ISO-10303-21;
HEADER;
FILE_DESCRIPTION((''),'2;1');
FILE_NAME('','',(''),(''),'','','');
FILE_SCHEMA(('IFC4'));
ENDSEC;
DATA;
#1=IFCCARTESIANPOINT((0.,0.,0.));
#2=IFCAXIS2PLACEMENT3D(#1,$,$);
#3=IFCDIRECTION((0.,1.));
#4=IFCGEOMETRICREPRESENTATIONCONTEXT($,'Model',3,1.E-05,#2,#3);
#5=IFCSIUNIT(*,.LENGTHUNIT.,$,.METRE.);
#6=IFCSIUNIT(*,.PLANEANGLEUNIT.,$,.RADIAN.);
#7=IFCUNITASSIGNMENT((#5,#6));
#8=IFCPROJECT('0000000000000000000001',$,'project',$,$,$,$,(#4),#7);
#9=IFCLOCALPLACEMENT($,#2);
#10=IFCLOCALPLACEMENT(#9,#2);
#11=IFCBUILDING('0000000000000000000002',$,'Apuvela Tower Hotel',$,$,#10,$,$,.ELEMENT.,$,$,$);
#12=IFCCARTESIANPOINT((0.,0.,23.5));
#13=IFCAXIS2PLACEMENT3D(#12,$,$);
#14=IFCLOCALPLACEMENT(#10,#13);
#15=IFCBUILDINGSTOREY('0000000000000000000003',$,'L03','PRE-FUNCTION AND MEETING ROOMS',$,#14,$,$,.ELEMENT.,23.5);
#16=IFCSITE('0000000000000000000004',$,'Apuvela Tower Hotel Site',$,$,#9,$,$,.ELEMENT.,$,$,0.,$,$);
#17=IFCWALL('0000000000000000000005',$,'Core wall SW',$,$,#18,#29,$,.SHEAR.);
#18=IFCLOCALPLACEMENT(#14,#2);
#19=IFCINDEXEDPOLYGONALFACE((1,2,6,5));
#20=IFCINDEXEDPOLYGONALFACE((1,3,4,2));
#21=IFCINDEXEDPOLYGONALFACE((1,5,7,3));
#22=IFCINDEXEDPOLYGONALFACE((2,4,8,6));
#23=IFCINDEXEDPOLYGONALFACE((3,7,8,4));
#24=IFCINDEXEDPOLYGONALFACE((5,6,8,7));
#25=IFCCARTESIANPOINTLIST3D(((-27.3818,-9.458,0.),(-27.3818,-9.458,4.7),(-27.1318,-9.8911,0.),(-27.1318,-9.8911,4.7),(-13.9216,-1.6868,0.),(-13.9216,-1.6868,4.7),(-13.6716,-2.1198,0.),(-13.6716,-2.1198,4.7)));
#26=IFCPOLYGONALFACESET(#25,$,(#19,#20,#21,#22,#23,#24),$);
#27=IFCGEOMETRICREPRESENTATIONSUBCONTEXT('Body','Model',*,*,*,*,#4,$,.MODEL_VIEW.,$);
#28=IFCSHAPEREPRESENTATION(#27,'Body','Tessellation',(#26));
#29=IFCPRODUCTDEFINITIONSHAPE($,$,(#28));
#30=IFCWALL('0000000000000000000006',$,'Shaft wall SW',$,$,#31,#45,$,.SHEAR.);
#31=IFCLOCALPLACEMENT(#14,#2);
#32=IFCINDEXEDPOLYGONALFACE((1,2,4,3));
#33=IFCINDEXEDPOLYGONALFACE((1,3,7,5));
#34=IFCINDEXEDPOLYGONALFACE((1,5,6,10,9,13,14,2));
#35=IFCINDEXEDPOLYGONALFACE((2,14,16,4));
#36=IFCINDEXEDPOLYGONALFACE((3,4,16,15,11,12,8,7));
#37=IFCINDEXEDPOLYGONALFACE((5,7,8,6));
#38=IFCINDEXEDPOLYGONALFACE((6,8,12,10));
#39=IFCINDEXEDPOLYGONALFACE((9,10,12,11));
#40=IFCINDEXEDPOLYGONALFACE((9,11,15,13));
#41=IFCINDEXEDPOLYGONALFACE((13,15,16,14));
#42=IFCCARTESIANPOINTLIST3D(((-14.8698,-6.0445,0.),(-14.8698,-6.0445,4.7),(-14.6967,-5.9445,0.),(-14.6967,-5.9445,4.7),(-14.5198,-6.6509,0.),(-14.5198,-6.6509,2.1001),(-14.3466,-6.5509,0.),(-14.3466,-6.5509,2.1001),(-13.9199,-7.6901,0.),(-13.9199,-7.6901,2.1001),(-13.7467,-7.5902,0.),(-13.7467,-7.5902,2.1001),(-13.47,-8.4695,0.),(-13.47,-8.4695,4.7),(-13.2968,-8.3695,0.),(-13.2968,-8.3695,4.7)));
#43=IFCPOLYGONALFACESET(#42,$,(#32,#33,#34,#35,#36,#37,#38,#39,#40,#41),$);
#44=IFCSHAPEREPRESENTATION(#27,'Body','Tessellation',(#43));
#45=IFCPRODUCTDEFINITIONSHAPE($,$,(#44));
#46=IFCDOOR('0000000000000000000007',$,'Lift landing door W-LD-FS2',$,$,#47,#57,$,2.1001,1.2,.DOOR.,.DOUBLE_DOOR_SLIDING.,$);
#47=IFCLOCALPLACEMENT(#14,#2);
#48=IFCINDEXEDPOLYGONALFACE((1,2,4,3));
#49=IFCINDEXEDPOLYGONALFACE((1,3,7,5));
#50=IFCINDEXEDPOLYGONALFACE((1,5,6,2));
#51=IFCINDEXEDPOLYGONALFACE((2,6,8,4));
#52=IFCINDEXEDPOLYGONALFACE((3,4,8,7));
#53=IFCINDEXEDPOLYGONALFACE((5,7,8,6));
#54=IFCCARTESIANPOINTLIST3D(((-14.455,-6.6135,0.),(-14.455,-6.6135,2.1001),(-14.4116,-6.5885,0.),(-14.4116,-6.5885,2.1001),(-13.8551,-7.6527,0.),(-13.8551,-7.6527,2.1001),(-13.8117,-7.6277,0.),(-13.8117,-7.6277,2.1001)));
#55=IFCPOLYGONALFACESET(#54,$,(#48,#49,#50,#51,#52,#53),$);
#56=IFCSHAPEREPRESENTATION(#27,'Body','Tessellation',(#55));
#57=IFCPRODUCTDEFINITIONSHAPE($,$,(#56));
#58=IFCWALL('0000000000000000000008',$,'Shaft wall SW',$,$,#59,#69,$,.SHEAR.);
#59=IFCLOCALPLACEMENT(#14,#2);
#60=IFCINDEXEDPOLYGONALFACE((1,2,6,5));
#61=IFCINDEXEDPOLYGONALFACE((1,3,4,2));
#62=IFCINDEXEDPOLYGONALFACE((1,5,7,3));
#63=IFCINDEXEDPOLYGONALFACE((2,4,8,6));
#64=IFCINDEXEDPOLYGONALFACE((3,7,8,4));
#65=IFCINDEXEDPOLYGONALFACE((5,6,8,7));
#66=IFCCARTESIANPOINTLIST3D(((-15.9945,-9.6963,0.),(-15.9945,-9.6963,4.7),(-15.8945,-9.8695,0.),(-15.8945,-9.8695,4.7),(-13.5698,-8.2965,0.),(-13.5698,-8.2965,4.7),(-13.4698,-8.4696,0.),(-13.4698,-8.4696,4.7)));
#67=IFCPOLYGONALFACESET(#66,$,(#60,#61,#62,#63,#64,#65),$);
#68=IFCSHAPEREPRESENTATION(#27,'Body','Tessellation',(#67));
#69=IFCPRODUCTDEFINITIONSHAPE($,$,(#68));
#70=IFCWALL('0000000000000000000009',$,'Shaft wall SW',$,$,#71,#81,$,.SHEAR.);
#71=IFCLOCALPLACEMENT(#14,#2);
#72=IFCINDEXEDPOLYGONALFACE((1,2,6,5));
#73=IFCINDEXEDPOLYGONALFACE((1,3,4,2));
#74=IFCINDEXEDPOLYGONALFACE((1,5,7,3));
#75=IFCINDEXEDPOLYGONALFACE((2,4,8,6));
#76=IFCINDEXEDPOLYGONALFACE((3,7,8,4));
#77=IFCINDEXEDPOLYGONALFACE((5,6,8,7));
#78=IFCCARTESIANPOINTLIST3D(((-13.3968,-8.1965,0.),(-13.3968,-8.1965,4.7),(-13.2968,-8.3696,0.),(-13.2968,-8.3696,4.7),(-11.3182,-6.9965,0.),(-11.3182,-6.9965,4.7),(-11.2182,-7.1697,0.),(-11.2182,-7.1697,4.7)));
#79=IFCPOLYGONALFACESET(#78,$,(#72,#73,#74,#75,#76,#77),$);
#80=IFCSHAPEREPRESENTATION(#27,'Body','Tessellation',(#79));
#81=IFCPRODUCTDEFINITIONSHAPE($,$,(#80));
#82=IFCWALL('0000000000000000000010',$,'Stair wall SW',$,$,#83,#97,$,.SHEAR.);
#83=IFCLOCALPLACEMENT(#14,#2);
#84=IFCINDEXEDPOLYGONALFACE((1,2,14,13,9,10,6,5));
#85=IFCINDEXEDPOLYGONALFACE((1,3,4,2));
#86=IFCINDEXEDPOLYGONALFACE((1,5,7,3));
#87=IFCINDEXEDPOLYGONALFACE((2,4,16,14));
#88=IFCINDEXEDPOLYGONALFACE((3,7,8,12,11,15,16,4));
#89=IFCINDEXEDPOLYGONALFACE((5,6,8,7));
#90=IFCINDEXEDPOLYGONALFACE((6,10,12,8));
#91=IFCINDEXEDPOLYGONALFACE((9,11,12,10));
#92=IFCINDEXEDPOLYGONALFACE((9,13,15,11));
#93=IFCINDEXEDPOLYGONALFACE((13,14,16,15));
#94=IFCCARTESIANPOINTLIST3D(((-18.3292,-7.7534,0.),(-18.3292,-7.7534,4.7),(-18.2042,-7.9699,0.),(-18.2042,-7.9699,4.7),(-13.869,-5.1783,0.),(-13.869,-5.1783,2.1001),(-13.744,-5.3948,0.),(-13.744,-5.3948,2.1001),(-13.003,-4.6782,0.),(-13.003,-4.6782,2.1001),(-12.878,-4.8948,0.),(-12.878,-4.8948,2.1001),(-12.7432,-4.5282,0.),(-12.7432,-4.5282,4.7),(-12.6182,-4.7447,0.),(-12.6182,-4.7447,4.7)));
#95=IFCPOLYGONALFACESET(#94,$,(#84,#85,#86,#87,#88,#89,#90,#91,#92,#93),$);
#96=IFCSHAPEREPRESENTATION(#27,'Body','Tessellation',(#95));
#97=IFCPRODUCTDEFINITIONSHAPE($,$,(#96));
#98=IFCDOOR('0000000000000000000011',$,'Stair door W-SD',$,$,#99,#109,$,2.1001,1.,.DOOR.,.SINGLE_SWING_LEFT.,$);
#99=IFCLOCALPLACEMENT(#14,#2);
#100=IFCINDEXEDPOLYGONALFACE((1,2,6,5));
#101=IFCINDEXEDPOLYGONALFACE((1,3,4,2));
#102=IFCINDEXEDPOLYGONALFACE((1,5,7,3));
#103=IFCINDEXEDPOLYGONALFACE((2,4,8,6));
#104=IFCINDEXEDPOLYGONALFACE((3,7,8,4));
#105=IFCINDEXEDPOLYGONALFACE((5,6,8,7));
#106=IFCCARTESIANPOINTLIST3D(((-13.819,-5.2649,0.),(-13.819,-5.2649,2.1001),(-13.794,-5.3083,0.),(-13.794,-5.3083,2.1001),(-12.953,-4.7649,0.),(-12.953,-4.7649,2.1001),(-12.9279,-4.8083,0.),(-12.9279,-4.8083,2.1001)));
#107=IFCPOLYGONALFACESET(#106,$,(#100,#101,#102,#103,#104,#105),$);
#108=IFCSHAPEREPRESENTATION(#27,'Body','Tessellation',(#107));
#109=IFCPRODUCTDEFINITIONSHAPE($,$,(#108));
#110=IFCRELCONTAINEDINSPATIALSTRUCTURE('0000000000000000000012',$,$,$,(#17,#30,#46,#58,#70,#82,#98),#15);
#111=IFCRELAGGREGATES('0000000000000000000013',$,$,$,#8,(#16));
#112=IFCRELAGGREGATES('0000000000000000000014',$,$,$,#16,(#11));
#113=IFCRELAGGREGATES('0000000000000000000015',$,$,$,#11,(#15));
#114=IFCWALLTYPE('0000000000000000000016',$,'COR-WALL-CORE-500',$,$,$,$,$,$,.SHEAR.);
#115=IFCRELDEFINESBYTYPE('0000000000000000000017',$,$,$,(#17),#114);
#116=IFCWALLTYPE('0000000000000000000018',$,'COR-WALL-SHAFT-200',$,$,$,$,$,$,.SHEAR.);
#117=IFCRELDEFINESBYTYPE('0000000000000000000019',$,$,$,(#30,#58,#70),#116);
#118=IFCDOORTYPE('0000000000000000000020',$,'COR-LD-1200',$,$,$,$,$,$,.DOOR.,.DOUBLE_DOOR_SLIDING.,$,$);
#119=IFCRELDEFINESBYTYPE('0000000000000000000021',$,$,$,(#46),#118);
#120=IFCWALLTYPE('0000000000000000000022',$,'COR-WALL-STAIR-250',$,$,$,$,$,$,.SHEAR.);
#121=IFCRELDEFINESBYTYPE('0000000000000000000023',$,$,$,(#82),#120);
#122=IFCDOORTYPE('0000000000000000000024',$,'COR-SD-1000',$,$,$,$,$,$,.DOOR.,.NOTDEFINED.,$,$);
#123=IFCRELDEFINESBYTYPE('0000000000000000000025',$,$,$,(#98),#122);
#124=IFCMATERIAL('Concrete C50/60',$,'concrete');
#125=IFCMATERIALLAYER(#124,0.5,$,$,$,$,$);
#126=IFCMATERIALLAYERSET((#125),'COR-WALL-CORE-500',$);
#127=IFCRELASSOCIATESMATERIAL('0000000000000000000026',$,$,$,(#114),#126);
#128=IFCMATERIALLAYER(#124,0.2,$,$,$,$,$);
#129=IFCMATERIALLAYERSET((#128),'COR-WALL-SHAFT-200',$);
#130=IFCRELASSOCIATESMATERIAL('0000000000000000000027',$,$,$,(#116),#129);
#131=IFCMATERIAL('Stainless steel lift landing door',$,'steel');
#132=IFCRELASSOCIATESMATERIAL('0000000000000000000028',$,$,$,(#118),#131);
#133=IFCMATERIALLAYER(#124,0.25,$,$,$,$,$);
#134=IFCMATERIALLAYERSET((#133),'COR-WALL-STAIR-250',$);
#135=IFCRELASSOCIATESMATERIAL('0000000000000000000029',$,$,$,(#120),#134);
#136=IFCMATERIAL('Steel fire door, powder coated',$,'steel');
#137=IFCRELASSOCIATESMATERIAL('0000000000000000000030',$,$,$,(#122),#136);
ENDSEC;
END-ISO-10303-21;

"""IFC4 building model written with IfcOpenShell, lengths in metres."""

from ifc_helpers import new_model, si_unit, direction, frame, frame_2d, origin, place, context, subcontext, project, spatial, rectangle, extrude, material, layer, layer_set, type_object, element, fill, save


model = new_model("IFC4")

# Units and contexts
model_context = context("Model", 3, precision=1e-05, world=origin(), true_north=direction((0.0, 1.0)))
body_context = subcontext(model_context, "Body", "Model", "MODEL_VIEW")
ifc_project = project(units=[si_unit("LENGTHUNIT", "METRE"), si_unit("PLANEANGLEUNIT", "RADIAN")], contexts=[model_context])

# Site, building, storey
site_placement = place(None, origin())
site = spatial("IfcSite", under=ifc_project, at=site_placement, Name="Apuvela Tower Hotel Site", CompositionType="ELEMENT", RefElevation=0.0)
building_placement = place(site_placement, origin())
building = spatial("IfcBuilding", under=site, at=building_placement, Name="Apuvela Tower Hotel", CompositionType="ELEMENT")
storey_placement = place(building_placement, frame((0.0, 0.0, 23.5)))
storey = spatial("IfcBuildingStorey", under=building, at=storey_placement, Name="L03", Description="PRE-FUNCTION AND MEETING ROOMS", CompositionType="ELEMENT", Elevation=23.5)

# Shared definitions
ifc_material_1 = material(Name="Concrete C50/60", Category="concrete")
ifc_material_2 = material(Name="Steel fire door, powder coated", Category="steel")

# Wall
ifc_layer_1 = layer(ifc_material_1, 0.5)
ifc_layer_set_1 = layer_set([ifc_layer_1], Name="COR-WALL-CORE-500")
wall_type_1 = type_object("IfcWallType", Name="COR-WALL-CORE-500", PredefinedType="SHEAR", material=ifc_layer_set_1)
wall_1_placement = place(storey_placement, frame((-13.7966, -1.9033, 0.0), z_axis=(0.0, 0.0, 1.0), x_axis=(-0.866026, -0.499999, 0.0)))
element("IfcWall", 1, at=wall_1_placement, inside=storey, type_object=wall_type_1, Name="Core wall SW", PredefinedType="SHEAR", context=body_context, shape_type="SweptSolid", body=[
    extrude(rectangle(XDim=15.5425, YDim=0.5, at=frame_2d((7.7712, 0.0))), origin(), (0.0, 0.0, 1.0), 4.7),
])

# Wall, opening, door
ifc_layer_2 = layer(ifc_material_1, 0.2)
ifc_layer_set_2 = layer_set([ifc_layer_2], Name="COR-WALL-SHAFT-200")
wall_type_2 = type_object("IfcWallType", Name="COR-WALL-SHAFT-200", PredefinedType="SHEAR", material=ifc_layer_set_2)
wall_2_placement = place(storey_placement, frame((-14.7832, -5.9946, 0.0), z_axis=(0.0, 0.0, 1.0), x_axis=(0.499946, -0.866056, 0.0)))
wall_2 = element("IfcWall", 2, at=wall_2_placement, inside=storey, type_object=wall_type_2, Name="Shaft wall SW", PredefinedType="SHEAR", context=body_context, shape_type="SweptSolid", body=[
    extrude(rectangle(XDim=2.8, YDim=0.2, at=frame_2d((1.3999, 0.0))), origin(), (0.0, 0.0, 1.0), 4.7),
])
opening_1_placement = place(wall_2_placement, frame((0.7, 0.0, 0.0)))
opening_1 = element("IfcOpeningElement", 3, at=opening_1_placement, cuts=wall_2, PredefinedType="OPENING", context=body_context, shape_type="SweptSolid", body=[
    extrude(rectangle(XDim=1.2, YDim=2.1001, at=frame_2d((0.6001, 1.05))), frame((0.0, 0.1099, 0.0), z_axis=(0.0, -1.0, 0.0), x_axis=(1.0, 0.0, 0.0)), (0.0, 0.0, 1.0), 0.22),
])
ifc_material_3 = material(Name="Stainless steel lift landing door", Category="steel")
door_type_1 = type_object("IfcDoorType", Name="COR-LD-1200", OperationType="DOUBLE_DOOR_SLIDING", PredefinedType="DOOR", material=ifc_material_3)
door_1_placement = place(opening_1_placement, origin())
door_1 = element("IfcDoor", 4, at=door_1_placement, inside=storey, type_object=door_type_1, Name="Lift landing door W-LD-FS2", OperationType="DOUBLE_DOOR_SLIDING", OverallHeight=2.1001, OverallWidth=1.2, PredefinedType="DOOR", context=body_context, shape_type="SweptSolid", body=[
    extrude(rectangle(XDim=1.2, YDim=2.1001, at=frame_2d((0.6001, 1.05))), frame((0.0, 0.0249, 0.0), z_axis=(0.0, -1.0, 0.0), x_axis=(1.0, 0.0, 0.0)), (0.0, 0.0, 1.0), 0.05),
])
fill(opening_1, door_1)

# Walls
wall_3_placement = place(storey_placement, frame((-13.5198, -8.3831, 0.0), z_axis=(0.0, 0.0, 1.0), x_axis=(-0.866035, -0.499984, 0.0)))
element("IfcWall", 5, at=wall_3_placement, inside=storey, type_object=wall_type_2, Name="Shaft wall SW", PredefinedType="SHEAR", context=body_context, shape_type="SweptSolid", body=[
    extrude(rectangle(XDim=2.7998, YDim=0.2, at=frame_2d((1.3999, 0.0))), origin(), (0.0, 0.0, 1.0), 4.7),
])
wall_4_placement = place(storey_placement, frame((-11.2681, -7.083, 0.0), z_axis=(0.0, 0.0, 1.0), x_axis=(-0.86605, -0.499957, 0.0)))
element("IfcWall", 6, at=wall_4_placement, inside=storey, type_object=wall_type_2, Name="Shaft wall SW", PredefinedType="SHEAR", context=body_context, shape_type="SweptSolid", body=[
    extrude(rectangle(XDim=2.4001, YDim=0.2, at=frame_2d((1.2002, 0.0))), origin(), (0.0, 0.0, 1.0), 4.7),
])

# Wall, opening, door
ifc_layer_3 = layer(ifc_material_1, 0.25)
ifc_layer_set_3 = layer_set([ifc_layer_3], Name="COR-WALL-STAIR-250")
wall_type_3 = type_object("IfcWallType", Name="COR-WALL-STAIR-250", PredefinedType="SHEAR", material=ifc_layer_set_3)
wall_5_placement = place(storey_placement, frame((-12.6807, -4.6365, 0.0), z_axis=(0.0, 0.0, 1.0), x_axis=(-0.866022, -0.500006, 0.0)))
wall_5 = element("IfcWall", 7, at=wall_5_placement, inside=storey, type_object=wall_type_3, Name="Stair wall SW", PredefinedType="SHEAR", context=body_context, shape_type="SweptSolid", body=[
    extrude(rectangle(XDim=6.4502, YDim=0.25, at=frame_2d((3.2251, 0.0))), origin(), (0.0, 0.0, 1.0), 4.7),
])
opening_2_placement = place(wall_5_placement, frame((0.3, 0.0, 0.0)))
opening_2 = element("IfcOpeningElement", 8, at=opening_2_placement, cuts=wall_5, PredefinedType="OPENING", context=body_context, shape_type="SweptSolid", body=[
    extrude(rectangle(XDim=1.0, YDim=2.1001, at=frame_2d((0.5, 1.05))), frame((0.0, 0.135, 0.0), z_axis=(0.0, -1.0, 0.0), x_axis=(1.0, 0.0, 0.0)), (0.0, 0.0, 1.0), 0.27),
])
door_type_2 = type_object("IfcDoorType", Name="COR-SD-1000", OperationType="NOTDEFINED", PredefinedType="DOOR", material=ifc_material_2)
door_2_placement = place(opening_2_placement, frame((1.0, 0.0, 0.0), z_axis=(0.0, 0.0, 1.0), x_axis=(-1.0, 0.0, 0.0)))
door_2 = element("IfcDoor", 9, at=door_2_placement, inside=storey, type_object=door_type_2, Name="Stair door W-SD", OperationType="SINGLE_SWING_LEFT", OverallHeight=2.1001, OverallWidth=1.0, PredefinedType="DOOR", context=body_context, shape_type="SweptSolid", body=[
    extrude(rectangle(XDim=1.0, YDim=2.1001, at=frame_2d((0.5, 1.05))), frame((0.0, 0.0249, 0.0), z_axis=(0.0, -1.0, 0.0), x_axis=(1.0, 0.0, 0.0)), (0.0, 0.0, 1.0), 0.05),
])
fill(opening_2, door_2)

save(model, "model.ifc")
